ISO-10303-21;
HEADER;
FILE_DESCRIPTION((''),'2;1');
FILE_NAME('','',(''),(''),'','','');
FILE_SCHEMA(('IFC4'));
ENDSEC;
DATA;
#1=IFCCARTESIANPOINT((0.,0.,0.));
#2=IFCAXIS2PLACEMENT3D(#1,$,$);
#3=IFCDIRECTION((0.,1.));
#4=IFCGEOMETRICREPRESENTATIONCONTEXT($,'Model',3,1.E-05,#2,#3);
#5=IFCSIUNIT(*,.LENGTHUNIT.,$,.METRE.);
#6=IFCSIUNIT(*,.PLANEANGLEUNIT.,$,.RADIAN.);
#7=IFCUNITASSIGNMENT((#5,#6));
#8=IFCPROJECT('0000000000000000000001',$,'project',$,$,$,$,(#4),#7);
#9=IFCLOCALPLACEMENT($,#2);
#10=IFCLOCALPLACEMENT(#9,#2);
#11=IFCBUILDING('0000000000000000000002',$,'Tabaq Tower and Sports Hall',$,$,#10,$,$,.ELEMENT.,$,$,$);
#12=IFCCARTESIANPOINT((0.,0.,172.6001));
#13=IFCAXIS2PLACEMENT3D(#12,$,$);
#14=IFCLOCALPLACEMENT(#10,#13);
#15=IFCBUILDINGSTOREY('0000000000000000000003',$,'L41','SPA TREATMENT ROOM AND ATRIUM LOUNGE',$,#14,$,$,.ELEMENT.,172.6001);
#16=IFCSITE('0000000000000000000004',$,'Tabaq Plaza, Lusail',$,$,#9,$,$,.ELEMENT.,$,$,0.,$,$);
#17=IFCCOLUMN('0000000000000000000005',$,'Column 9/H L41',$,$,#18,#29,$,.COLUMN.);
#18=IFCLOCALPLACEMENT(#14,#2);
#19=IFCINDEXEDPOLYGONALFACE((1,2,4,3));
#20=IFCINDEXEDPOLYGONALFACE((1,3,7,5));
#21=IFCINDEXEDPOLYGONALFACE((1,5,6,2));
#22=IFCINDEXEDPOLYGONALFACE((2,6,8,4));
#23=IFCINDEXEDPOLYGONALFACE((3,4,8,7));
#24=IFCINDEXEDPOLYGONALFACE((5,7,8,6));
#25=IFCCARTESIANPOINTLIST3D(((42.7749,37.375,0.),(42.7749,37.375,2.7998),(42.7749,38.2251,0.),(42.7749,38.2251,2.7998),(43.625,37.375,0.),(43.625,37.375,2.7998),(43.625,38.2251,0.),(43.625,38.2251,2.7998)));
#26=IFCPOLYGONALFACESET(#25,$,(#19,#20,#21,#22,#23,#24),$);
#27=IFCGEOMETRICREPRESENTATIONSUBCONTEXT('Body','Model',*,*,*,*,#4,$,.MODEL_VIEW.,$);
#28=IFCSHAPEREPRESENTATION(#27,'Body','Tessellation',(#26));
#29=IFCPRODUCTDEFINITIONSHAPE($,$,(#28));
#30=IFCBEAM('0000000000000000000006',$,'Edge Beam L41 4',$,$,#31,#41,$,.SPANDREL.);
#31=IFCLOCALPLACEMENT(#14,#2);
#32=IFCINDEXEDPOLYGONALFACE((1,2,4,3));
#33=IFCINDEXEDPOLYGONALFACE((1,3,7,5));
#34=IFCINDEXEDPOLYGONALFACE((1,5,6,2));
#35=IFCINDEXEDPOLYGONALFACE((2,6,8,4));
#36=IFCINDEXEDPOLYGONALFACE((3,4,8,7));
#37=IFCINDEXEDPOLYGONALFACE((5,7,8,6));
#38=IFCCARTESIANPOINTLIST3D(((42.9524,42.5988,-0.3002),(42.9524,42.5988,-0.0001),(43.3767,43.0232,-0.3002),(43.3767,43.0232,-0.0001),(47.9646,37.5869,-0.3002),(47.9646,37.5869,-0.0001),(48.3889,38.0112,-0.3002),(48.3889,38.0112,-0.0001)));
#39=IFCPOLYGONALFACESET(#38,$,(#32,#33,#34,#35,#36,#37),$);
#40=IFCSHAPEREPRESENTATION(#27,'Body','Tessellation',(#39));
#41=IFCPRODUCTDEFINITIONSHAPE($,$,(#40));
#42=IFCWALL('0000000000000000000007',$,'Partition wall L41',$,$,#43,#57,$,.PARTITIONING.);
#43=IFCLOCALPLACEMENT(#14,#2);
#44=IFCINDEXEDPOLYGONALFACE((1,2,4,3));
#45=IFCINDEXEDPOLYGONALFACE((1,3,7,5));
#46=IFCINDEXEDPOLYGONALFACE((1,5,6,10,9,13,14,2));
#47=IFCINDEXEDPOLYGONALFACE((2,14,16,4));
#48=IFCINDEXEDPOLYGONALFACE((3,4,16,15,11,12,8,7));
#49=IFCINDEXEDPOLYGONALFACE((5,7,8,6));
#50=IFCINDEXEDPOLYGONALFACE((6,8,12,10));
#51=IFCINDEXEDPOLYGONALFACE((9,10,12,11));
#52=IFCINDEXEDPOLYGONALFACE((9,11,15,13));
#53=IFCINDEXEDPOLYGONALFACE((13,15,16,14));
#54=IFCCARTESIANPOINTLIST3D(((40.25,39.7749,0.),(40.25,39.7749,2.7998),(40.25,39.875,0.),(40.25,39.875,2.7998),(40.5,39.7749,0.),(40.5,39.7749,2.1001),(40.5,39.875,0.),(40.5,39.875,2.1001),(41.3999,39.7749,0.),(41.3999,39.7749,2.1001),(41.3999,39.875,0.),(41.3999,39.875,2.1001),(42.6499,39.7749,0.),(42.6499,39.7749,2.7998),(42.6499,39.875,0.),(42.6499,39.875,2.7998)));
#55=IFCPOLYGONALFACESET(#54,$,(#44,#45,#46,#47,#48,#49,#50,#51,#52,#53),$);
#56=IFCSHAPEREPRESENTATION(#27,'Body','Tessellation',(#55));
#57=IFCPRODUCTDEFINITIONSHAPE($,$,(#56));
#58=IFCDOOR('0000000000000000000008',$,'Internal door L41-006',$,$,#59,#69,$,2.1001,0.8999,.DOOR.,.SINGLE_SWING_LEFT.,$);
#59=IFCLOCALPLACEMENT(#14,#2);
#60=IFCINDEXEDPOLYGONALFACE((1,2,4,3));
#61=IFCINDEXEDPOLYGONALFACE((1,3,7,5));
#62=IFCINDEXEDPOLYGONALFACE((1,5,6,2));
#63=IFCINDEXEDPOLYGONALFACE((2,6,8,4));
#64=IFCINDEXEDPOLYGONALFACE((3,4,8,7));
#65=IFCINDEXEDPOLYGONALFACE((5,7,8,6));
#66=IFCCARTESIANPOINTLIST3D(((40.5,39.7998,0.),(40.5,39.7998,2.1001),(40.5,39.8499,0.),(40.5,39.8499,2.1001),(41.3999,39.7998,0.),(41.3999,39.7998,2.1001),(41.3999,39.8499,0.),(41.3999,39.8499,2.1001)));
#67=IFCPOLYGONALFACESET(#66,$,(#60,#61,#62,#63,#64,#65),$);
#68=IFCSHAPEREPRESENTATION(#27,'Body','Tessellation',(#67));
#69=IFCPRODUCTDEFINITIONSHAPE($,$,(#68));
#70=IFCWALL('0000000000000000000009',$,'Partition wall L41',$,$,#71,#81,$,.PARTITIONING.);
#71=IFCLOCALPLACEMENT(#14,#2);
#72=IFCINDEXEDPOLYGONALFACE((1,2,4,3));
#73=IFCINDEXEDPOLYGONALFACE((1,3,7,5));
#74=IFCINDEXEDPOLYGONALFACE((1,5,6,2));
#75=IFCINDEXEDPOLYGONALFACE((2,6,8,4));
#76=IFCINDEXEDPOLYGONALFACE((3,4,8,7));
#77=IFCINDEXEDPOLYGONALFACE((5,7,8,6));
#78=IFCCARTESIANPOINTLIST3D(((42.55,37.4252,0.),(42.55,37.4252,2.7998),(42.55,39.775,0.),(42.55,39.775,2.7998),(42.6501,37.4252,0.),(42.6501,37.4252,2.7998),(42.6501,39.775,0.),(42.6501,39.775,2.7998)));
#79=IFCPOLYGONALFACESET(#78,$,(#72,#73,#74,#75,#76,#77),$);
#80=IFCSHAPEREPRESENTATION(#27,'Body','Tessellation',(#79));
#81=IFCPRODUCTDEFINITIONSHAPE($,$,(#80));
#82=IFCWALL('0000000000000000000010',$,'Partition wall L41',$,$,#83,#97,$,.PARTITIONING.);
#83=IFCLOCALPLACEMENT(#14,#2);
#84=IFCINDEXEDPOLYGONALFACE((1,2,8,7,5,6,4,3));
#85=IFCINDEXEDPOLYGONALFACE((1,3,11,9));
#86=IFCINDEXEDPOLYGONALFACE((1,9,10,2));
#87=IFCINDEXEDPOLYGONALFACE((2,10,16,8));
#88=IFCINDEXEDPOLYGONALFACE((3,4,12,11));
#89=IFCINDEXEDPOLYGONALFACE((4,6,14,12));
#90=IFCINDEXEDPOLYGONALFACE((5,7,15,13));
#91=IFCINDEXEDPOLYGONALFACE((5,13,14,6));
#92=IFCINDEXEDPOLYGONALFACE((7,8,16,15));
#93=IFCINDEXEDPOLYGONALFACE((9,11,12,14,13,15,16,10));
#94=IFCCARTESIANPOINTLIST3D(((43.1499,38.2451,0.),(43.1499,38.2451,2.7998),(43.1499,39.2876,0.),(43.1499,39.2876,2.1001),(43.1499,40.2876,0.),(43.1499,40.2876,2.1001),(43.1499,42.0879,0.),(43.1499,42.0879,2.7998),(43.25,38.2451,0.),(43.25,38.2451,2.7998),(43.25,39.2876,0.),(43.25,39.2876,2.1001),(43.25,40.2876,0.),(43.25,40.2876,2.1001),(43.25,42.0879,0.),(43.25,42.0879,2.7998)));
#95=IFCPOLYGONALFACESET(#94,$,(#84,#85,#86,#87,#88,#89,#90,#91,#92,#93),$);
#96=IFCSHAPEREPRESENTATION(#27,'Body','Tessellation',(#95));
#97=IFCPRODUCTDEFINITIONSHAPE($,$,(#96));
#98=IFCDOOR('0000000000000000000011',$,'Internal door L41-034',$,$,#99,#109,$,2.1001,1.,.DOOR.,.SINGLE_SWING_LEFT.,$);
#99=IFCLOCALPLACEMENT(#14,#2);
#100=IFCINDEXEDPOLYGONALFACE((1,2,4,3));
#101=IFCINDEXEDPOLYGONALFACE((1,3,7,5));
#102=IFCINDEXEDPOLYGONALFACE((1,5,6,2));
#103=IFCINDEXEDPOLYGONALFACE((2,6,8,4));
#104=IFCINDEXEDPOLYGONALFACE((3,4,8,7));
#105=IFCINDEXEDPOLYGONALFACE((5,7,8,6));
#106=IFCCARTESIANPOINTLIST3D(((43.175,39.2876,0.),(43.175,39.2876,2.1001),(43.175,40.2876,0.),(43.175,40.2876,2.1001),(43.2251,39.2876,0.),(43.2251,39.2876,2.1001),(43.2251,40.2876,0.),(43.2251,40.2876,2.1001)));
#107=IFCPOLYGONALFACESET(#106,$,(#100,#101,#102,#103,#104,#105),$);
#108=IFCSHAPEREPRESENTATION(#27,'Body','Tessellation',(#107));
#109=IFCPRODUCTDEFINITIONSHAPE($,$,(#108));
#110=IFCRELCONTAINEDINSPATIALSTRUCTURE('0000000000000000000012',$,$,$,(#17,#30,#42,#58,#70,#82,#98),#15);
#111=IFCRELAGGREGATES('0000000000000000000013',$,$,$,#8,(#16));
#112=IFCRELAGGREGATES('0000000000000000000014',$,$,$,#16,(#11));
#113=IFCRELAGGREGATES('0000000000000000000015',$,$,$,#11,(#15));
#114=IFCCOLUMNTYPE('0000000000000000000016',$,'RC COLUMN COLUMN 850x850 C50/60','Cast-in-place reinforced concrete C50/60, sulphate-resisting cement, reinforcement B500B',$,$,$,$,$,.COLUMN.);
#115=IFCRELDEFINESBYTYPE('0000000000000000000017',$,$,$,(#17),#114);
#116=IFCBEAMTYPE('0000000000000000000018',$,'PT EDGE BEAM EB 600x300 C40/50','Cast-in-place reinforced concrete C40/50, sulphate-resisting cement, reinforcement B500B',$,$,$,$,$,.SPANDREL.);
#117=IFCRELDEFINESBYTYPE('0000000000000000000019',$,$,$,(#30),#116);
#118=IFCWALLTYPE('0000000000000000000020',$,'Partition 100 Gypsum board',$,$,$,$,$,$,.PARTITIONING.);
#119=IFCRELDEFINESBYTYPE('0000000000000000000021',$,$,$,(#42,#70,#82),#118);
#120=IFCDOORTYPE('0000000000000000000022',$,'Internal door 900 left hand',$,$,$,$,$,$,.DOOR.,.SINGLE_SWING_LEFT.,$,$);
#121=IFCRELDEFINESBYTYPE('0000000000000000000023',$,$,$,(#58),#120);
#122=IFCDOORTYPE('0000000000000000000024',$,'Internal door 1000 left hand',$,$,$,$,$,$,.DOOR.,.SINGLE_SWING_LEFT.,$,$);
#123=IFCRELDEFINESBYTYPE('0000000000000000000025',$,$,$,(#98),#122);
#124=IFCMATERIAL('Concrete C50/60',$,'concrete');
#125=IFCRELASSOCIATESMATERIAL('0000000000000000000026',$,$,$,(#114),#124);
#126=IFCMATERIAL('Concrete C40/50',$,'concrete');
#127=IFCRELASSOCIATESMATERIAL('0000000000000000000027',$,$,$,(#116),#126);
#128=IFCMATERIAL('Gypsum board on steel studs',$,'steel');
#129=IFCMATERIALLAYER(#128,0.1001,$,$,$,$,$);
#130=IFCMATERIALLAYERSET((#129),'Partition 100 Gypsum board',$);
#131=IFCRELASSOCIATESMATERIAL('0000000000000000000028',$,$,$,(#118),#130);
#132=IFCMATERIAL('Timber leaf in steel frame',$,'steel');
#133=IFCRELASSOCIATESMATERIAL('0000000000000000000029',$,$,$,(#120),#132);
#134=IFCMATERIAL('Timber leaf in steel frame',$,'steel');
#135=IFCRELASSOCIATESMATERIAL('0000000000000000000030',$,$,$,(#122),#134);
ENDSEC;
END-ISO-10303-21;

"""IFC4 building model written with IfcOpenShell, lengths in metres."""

from ifc_helpers import new_model, si_unit, direction, frame, frame_2d, origin, origin_2d, place, context, subcontext, project, spatial, rectangle, extrude, material, layer, layer_set, material_profile, profile_set, type_object, element, fill, save


model = new_model("IFC4")

# Units and contexts
model_context = context("Model", 3, precision=1e-05, world=origin(), true_north=direction((0.0, 1.0)))
body_context = subcontext(model_context, "Body", "Model", "MODEL_VIEW")
ifc_project = project(units=[si_unit("LENGTHUNIT", "METRE"), si_unit("PLANEANGLEUNIT", "RADIAN")], contexts=[model_context])

# Site, building, storey
site_placement = place(None, origin())
site = spatial("IfcSite", under=ifc_project, at=site_placement, Name="Tabaq Plaza, Lusail", CompositionType="ELEMENT", RefElevation=0.0)
building_placement = place(site_placement, origin())
building = spatial("IfcBuilding", under=site, at=building_placement, Name="Tabaq Tower and Sports Hall", CompositionType="ELEMENT")
storey_placement = place(building_placement, frame((0.0, 0.0, 172.6001)))
storey = spatial("IfcBuildingStorey", under=building, at=storey_placement, Name="L41", Description="SPA TREATMENT ROOM AND ATRIUM LOUNGE", CompositionType="ELEMENT", Elevation=172.6001)

# Column
ifc_material_1 = material(Name="Concrete C50/60", Category="concrete")
ifc_material_profile_1 = material_profile(ifc_material_1, rectangle(XDim=0.8501, YDim=0.8501, at=origin_2d()), Name="COLUMN 850x850")
ifc_profile_set_1 = profile_set([ifc_material_profile_1], Name="Concrete C50/60")
column_type = type_object("IfcColumnType", Name="RC COLUMN COLUMN 850x850 C50/60", Description="Cast-in-place reinforced concrete C50/60, sulphate-resisting cement, reinforcement B500B", PredefinedType="COLUMN", material=ifc_profile_set_1)
column_placement = place(storey_placement, frame((43.2, 37.8, 0.0), z_axis=(0.0, 0.0, 1.0), x_axis=(1.0, 0.0, 0.0)))
element("IfcColumn", 1, at=column_placement, inside=storey, type_object=column_type, Name="Column 9/H L41", PredefinedType="COLUMN", context=body_context, shape_type="SweptSolid", body=[
    extrude(rectangle(XDim=0.8501, YDim=0.8501, at=origin_2d()), origin(), (0.0, 0.0, 1.0), 2.7998),
])

# Beam
ifc_material_2 = material(Name="Concrete C40/50", Category="concrete")
ifc_material_profile_2 = material_profile(ifc_material_2, rectangle(XDim=0.6001, YDim=0.3, at=origin_2d()), Name="EB 600x300")
ifc_profile_set_2 = profile_set([ifc_material_profile_2], Name="Concrete C40/50")
beam_type = type_object("IfcBeamType", Name="PT EDGE BEAM EB 600x300 C40/50", Description="Cast-in-place reinforced concrete C40/50, sulphate-resisting cement, reinforcement B500B", PredefinedType="SPANDREL", material=ifc_profile_set_2)
beam_placement = place(storey_placement, frame((48.1768, 37.7991, -0.1501), z_axis=(-0.707124, 0.70709, 0.0), x_axis=(-0.70709, -0.707124, 0.0)))
element("IfcBeam", 2, at=beam_placement, inside=storey, type_object=beam_type, Name="Edge Beam L41 4", PredefinedType="SPANDREL", context=body_context, shape_type="SweptSolid", body=[
    extrude(rectangle(XDim=0.6001, YDim=0.3, at=origin_2d()), origin(), (0.0, 0.0, 1.0), 7.0881),
])

# Wall, opening, door
ifc_material_3 = material(Name="Gypsum board on steel studs", Category="steel")
ifc_layer_1 = layer(ifc_material_3, 0.1001)
ifc_layer_set_1 = layer_set([ifc_layer_1], Name="Partition 100 Gypsum board")
wall_type_1 = type_object("IfcWallType", Name="Partition 100 Gypsum board", PredefinedType="PARTITIONING", material=ifc_layer_set_1)
wall_1_placement = place(storey_placement, frame((40.25, 39.825, 0.0), z_axis=(0.0, 0.0, 1.0), x_axis=(1.0, 0.0, 0.0)))
wall_1 = element("IfcWall", 3, at=wall_1_placement, inside=storey, type_object=wall_type_1, Name="Partition wall L41", PredefinedType="PARTITIONING", context=body_context, shape_type="SweptSolid", body=[
    extrude(rectangle(XDim=2.3999, YDim=0.1001, at=frame_2d((1.2, 0.0))), origin(), (0.0, 0.0, 1.0), 2.7998),
])
opening_1_placement = place(wall_1_placement, frame((0.25, 0.0, 0.0)))
opening_1 = element("IfcOpeningElement", 4, at=opening_1_placement, cuts=wall_1, PredefinedType="OPENING", context=body_context, shape_type="SweptSolid", body=[
    extrude(rectangle(XDim=0.8999, YDim=2.1001, at=frame_2d((0.45, 1.05))), frame((0.0, 0.05, 0.0), z_axis=(0.0, -1.0, 0.0), x_axis=(1.0, 0.0, 0.0)), (0.0, 0.0, 1.0), 0.1001),
])
ifc_material_4 = material(Name="Timber leaf in steel frame", Category="steel")
door_type_1 = type_object("IfcDoorType", Name="Internal door 900 left hand", OperationType="SINGLE_SWING_LEFT", PredefinedType="DOOR", material=ifc_material_4)
door_1_placement = place(opening_1_placement, origin())
door_1 = element("IfcDoor", 5, at=door_1_placement, inside=storey, type_object=door_type_1, Name="Internal door L41-006", OperationType="SINGLE_SWING_LEFT", OverallHeight=2.1001, OverallWidth=0.8999, PredefinedType="DOOR", context=body_context, shape_type="SweptSolid", body=[
    extrude(rectangle(XDim=0.8999, YDim=2.1001, at=frame_2d((0.45, 1.05))), frame((0.0, 0.0249, 0.0), z_axis=(0.0, -1.0, 0.0), x_axis=(1.0, 0.0, 0.0)), (0.0, 0.0, 1.0), 0.05),
])
fill(opening_1, door_1)

# Wall
wall_2_placement = place(storey_placement, frame((42.6001, 39.7749, 0.0), z_axis=(0.0, 0.0, 1.0), x_axis=(0.0, -1.0, 0.0)))
element("IfcWall", 6, at=wall_2_placement, inside=storey, type_object=wall_type_1, Name="Partition wall L41", PredefinedType="PARTITIONING", context=body_context, shape_type="SweptSolid", body=[
    extrude(rectangle(XDim=2.3499, YDim=0.1001, at=frame_2d((1.1748, 0.0))), origin(), (0.0, 0.0, 1.0), 2.7998),
])

# Wall, opening, door
wall_3_placement = place(storey_placement, frame((43.2, 38.2451, 0.0), z_axis=(0.0, 0.0, 1.0), x_axis=(0.0, 1.0, 0.0)))
wall_3 = element("IfcWall", 7, at=wall_3_placement, inside=storey, type_object=wall_type_1, Name="Partition wall L41", PredefinedType="PARTITIONING", context=body_context, shape_type="SweptSolid", body=[
    extrude(rectangle(XDim=3.8428, YDim=0.1001, at=frame_2d((1.9214, 0.0))), origin(), (0.0, 0.0, 1.0), 2.7998),
])
opening_2_placement = place(wall_3_placement, frame((1.0425, 0.0, 0.0)))
opening_2 = element("IfcOpeningElement", 8, at=opening_2_placement, cuts=wall_3, PredefinedType="OPENING", context=body_context, shape_type="SweptSolid", body=[
    extrude(rectangle(XDim=1.0, YDim=2.1001, at=frame_2d((0.5, 1.05))), frame((0.0, 0.05, 0.0), z_axis=(0.0, -1.0, 0.0), x_axis=(1.0, 0.0, 0.0)), (0.0, 0.0, 1.0), 0.1001),
])
ifc_material_5 = material(Name="Timber leaf in steel frame", Category="steel")
door_type_2 = type_object("IfcDoorType", Name="Internal door 1000 left hand", OperationType="SINGLE_SWING_LEFT", PredefinedType="DOOR", material=ifc_material_5)
door_2_placement = place(opening_2_placement, origin())
door_2 = element("IfcDoor", 9, at=door_2_placement, inside=storey, type_object=door_type_2, Name="Internal door L41-034", OperationType="SINGLE_SWING_LEFT", OverallHeight=2.1001, OverallWidth=1.0, PredefinedType="DOOR", context=body_context, shape_type="SweptSolid", body=[
    extrude(rectangle(XDim=1.0, YDim=2.1001, at=frame_2d((0.5, 1.05))), frame((0.0, 0.0249, 0.0), z_axis=(0.0, -1.0, 0.0), x_axis=(1.0, 0.0, 0.0)), (0.0, 0.0, 1.0), 0.05),
])
fill(opening_2, door_2)

save(model, "model.ifc")
